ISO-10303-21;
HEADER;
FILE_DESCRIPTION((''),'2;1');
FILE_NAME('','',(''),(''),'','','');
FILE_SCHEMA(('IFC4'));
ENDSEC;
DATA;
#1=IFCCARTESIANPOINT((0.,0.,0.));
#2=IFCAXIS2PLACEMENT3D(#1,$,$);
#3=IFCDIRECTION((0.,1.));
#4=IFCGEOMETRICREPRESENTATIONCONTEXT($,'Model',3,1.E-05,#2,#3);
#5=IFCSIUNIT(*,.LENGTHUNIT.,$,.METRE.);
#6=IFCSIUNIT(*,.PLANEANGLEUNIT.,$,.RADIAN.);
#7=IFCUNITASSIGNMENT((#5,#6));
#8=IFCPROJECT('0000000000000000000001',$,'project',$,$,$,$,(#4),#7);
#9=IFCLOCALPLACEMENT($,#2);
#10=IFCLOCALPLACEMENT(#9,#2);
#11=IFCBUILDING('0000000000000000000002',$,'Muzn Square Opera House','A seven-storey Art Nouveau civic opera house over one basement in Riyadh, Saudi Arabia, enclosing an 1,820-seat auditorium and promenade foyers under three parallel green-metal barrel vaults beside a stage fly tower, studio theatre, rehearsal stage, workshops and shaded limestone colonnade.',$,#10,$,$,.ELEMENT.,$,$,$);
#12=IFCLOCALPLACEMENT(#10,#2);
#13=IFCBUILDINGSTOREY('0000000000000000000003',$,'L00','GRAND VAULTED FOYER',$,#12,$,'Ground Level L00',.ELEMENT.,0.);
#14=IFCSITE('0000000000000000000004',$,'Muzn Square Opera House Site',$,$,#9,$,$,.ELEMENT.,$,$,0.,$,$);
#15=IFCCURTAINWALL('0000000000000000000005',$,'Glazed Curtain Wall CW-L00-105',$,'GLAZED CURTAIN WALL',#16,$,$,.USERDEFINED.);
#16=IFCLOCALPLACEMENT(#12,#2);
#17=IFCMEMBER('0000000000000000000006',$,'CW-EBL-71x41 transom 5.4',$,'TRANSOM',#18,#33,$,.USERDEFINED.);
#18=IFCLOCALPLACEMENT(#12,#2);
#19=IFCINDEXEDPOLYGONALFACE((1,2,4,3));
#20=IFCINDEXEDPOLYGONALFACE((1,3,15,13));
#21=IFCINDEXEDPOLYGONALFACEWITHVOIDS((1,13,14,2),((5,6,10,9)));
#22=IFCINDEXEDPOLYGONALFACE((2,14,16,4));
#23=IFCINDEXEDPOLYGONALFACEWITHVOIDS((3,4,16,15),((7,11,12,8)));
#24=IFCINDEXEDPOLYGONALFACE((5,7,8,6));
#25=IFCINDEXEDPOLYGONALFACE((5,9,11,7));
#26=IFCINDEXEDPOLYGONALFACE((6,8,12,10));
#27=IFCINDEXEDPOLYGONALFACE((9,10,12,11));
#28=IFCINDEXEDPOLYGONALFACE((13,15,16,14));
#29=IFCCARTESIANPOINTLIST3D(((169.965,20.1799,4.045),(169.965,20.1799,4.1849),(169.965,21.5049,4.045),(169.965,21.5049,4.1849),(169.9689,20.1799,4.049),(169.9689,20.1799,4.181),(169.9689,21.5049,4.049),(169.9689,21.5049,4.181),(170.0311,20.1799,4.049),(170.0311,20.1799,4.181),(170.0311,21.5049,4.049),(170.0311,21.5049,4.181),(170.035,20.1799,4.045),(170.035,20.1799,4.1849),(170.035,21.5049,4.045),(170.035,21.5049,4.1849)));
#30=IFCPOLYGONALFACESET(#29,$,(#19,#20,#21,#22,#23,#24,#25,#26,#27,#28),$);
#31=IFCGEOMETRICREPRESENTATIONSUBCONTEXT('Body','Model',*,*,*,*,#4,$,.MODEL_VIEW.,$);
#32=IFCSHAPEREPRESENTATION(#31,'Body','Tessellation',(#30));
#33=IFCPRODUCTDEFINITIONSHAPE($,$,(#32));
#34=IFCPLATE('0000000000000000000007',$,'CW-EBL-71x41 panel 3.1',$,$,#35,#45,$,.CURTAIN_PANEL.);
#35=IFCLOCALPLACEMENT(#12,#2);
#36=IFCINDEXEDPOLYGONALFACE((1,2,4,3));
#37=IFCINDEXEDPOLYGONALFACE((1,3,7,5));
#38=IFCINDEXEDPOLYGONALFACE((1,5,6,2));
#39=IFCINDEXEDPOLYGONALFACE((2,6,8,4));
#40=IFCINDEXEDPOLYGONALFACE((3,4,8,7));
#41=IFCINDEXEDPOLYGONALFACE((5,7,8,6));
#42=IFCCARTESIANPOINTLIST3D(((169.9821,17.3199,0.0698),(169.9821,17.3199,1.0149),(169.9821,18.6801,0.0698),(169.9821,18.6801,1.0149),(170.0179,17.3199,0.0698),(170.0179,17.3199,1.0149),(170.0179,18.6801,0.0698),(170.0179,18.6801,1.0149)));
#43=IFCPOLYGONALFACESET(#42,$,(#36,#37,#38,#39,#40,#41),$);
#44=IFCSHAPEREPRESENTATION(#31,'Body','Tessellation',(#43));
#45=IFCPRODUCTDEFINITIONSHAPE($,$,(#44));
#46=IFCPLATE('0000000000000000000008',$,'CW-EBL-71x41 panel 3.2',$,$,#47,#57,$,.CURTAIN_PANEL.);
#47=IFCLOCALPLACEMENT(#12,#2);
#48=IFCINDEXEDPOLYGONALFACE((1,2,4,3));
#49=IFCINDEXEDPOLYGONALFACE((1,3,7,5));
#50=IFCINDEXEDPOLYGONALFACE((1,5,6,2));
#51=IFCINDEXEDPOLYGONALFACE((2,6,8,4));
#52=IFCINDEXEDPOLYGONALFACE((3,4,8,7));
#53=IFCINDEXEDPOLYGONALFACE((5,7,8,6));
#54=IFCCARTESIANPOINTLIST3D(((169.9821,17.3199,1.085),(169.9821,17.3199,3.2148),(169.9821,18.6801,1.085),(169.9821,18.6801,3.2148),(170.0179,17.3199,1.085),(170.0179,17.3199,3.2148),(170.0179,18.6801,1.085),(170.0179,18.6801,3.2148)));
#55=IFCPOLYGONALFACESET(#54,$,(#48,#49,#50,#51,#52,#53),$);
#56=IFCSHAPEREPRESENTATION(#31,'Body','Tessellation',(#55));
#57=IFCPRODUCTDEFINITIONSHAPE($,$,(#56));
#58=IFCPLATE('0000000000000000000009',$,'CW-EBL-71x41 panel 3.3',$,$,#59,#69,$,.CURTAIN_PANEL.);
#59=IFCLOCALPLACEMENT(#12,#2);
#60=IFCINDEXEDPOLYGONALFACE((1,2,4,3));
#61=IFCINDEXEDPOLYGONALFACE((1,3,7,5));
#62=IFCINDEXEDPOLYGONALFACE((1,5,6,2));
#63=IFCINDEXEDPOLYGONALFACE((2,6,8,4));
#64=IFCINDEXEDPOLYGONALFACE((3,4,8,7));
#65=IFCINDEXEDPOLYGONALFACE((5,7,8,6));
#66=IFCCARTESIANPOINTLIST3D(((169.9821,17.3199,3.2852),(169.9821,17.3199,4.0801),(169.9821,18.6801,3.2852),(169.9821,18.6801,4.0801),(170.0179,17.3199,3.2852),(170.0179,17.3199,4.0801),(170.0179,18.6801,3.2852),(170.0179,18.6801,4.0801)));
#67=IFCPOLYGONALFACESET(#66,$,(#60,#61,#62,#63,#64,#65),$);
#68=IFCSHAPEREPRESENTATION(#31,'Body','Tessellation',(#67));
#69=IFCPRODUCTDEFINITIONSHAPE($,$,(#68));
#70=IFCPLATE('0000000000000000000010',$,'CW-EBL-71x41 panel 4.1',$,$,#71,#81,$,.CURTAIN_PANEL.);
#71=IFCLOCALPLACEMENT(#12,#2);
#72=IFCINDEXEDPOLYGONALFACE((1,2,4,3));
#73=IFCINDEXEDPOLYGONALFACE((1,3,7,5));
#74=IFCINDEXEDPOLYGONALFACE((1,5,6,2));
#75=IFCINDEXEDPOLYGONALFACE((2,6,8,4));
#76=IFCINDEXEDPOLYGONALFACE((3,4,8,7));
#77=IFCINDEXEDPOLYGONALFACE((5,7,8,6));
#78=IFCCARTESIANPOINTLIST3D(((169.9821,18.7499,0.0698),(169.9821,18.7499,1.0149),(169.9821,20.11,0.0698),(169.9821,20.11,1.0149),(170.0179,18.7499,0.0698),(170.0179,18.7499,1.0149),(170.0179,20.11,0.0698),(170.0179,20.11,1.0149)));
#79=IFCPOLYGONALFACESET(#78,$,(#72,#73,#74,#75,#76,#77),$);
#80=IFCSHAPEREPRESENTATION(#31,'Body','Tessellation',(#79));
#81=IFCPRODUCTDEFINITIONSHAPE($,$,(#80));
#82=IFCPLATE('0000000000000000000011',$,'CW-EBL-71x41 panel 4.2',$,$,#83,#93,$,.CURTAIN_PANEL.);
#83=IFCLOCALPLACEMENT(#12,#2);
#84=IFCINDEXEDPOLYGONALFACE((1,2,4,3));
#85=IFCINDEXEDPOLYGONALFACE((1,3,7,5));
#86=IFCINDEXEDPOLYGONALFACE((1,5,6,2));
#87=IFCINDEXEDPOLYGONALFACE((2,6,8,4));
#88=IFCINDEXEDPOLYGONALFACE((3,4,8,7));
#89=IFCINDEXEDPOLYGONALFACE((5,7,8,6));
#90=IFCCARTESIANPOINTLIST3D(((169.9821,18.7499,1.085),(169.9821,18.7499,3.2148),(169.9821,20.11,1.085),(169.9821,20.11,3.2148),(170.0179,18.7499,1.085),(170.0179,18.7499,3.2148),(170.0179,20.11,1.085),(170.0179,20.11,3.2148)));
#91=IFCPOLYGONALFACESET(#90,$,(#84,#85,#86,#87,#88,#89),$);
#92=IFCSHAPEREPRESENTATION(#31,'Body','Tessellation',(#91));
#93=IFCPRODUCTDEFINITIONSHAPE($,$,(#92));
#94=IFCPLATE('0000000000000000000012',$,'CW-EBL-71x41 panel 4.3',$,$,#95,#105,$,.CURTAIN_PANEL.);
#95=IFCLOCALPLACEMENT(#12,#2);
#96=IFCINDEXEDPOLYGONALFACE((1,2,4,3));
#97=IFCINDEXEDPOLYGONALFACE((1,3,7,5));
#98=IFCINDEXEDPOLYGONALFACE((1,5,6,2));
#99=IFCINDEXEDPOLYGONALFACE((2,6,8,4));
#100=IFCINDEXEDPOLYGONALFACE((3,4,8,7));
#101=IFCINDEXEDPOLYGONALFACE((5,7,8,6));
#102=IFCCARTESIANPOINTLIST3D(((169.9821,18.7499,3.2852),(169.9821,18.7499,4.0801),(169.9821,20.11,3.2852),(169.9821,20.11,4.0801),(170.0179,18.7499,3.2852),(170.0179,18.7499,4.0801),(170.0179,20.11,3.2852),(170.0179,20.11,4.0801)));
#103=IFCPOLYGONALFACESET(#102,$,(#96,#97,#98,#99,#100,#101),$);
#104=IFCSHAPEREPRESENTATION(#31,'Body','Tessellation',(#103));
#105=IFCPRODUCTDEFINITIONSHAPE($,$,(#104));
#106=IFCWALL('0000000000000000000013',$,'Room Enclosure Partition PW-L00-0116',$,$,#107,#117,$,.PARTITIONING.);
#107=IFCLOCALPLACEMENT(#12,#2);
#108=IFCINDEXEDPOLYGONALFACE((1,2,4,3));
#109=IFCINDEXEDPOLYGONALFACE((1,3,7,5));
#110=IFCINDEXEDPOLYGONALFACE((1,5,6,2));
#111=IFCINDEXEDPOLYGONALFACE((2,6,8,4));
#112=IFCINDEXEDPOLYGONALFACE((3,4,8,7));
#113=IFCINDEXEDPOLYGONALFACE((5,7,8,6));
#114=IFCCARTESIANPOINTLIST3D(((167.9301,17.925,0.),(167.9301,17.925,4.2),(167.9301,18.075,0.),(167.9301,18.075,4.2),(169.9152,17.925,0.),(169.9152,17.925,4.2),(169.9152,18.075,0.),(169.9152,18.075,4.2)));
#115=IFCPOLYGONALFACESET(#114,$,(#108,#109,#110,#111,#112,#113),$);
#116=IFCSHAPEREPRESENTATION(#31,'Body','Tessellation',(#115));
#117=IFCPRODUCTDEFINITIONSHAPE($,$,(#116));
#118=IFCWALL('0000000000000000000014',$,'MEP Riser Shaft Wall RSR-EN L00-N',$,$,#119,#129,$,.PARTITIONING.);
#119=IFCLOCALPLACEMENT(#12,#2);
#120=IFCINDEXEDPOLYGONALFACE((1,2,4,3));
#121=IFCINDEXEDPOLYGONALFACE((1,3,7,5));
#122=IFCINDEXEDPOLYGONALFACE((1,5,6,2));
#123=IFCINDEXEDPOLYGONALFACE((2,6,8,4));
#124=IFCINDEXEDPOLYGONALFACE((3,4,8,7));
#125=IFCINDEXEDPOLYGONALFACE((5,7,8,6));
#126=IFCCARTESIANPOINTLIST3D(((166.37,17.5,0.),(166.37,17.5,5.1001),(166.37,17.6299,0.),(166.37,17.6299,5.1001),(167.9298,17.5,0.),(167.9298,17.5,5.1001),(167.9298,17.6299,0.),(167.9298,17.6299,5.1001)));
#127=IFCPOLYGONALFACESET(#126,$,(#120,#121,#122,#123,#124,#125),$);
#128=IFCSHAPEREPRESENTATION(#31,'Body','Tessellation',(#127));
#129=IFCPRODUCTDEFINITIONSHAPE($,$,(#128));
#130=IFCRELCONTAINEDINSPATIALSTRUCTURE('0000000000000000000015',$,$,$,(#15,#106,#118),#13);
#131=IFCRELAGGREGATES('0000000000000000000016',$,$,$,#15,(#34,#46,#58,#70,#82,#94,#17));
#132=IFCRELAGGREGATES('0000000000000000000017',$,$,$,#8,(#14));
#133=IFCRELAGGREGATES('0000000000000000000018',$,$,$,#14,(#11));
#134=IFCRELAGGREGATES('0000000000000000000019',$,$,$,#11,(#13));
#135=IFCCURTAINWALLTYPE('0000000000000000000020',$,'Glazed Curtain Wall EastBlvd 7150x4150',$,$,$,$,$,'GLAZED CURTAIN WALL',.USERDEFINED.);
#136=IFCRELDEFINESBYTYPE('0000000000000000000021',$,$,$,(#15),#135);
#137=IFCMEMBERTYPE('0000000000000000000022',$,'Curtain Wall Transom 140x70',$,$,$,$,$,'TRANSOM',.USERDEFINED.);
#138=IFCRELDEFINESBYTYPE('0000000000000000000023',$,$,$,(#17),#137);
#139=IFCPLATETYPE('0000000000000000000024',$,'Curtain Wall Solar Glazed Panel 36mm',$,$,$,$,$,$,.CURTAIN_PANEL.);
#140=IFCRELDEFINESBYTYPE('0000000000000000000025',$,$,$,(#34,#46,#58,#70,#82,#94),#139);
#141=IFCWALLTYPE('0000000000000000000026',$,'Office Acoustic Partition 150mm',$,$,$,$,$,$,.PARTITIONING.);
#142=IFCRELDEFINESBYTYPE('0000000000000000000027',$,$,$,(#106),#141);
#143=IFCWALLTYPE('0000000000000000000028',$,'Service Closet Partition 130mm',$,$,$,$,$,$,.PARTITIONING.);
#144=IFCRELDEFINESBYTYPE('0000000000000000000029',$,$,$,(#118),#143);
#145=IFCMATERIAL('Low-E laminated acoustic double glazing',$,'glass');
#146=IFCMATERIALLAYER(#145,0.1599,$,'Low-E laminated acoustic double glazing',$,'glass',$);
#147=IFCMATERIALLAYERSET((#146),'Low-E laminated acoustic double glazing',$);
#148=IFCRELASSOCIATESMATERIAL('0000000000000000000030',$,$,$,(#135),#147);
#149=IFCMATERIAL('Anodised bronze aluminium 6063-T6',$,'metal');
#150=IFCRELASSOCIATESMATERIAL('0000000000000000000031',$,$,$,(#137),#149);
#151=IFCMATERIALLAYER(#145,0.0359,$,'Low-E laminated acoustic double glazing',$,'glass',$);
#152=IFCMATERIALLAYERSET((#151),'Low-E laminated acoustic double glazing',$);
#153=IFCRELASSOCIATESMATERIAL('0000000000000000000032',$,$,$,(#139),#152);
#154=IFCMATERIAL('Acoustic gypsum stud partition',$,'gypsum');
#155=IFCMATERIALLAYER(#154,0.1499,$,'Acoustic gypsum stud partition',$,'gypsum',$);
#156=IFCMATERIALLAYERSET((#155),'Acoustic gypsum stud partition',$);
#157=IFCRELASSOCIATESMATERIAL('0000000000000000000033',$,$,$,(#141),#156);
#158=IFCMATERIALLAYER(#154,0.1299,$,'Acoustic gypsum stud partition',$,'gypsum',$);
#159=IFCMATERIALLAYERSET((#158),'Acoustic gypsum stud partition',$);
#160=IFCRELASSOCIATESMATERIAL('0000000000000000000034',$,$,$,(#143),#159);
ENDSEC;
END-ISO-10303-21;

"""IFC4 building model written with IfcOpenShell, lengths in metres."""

from ifc_helpers import new_model, si_unit, direction, frame, frame_2d, origin, origin_2d, place, context, subcontext, project, spatial, rectangle, hollow_rectangle, extrude, material, layer, layer_set, material_profile, profile_set, type_object, element, aggregate, save


model = new_model("IFC4")

# Units and contexts
model_context = context("Model", 3, precision=1e-05, world=origin(), true_north=direction((0.0, 1.0)))
body_context = subcontext(model_context, "Body", "Model", "MODEL_VIEW")
ifc_project = project(units=[si_unit("LENGTHUNIT", "METRE"), si_unit("PLANEANGLEUNIT", "RADIAN")], contexts=[model_context])

# Site, building, storey
site_placement = place(None, origin())
site = spatial("IfcSite", under=ifc_project, at=site_placement, Name="Muzn Square Opera House Site", CompositionType="ELEMENT", RefElevation=0.0)
building_placement = place(site_placement, origin())
building = spatial("IfcBuilding", under=site, at=building_placement, Name="Muzn Square Opera House", Description="A seven-storey Art Nouveau civic opera house over one basement in Riyadh, Saudi Arabia, enclosing an 1,820-seat auditorium and promenade foyers under three parallel green-metal barrel vaults beside a stage fly tower, studio theatre, rehearsal stage, workshops and shaded limestone colonnade.", CompositionType="ELEMENT")
storey_placement = place(building_placement, origin())
storey = spatial("IfcBuildingStorey", under=building, at=storey_placement, Name="L00", Description="GRAND VAULTED FOYER", LongName="Ground Level L00", CompositionType="ELEMENT", Elevation=0.0)

# Curtain wall, member, plates
ifc_material_1 = material(Name="Low-E laminated acoustic double glazing", Category="glass")
ifc_layer_1 = layer(ifc_material_1, 0.1599, Name="Low-E laminated acoustic double glazing", Category="glass")
ifc_layer_set_1 = layer_set([ifc_layer_1], Name="Low-E laminated acoustic double glazing")
curtain_wall_type = type_object("IfcCurtainWallType", Name="Glazed Curtain Wall EastBlvd 7150x4150", ElementType="GLAZED CURTAIN WALL", PredefinedType="USERDEFINED", material=ifc_layer_set_1)
curtain_wall_placement = place(storey_placement, origin())
curtain_wall = element("IfcCurtainWall", 1, at=curtain_wall_placement, inside=storey, type_object=curtain_wall_type, Name="Glazed Curtain Wall CW-L00-105", ObjectType="GLAZED CURTAIN WALL", PredefinedType="USERDEFINED")
ifc_material_2 = material(Name="Anodised bronze aluminium 6063-T6", Category="metal")
ifc_material_profile_1 = material_profile(ifc_material_2, hollow_rectangle(XDim=0.0701, YDim=0.1399, WallThickness=0.0039, at=origin_2d()), Name="ALU 140x70x4", Category="metal")
ifc_profile_set_1 = profile_set([ifc_material_profile_1], Name="Anodised bronze aluminium 6063-T6")
member_type_1 = type_object("IfcMemberType", Name="Curtain Wall Transom 140x70", ElementType="TRANSOM", PredefinedType="USERDEFINED", material=ifc_profile_set_1)
member_1_placement = place(storey_placement, frame((170.0, 20.1799, 4.115), z_axis=(0.0, 1.0, 0.0), x_axis=(-1.0, 0.0, 0.0)))
member_1 = element("IfcMember", 2, at=member_1_placement, type_object=member_type_1, Name="CW-EBL-71x41 transom 5.4", ObjectType="TRANSOM", PredefinedType="USERDEFINED", context=body_context, shape_type="SweptSolid", body=[
    extrude(hollow_rectangle(XDim=0.0701, YDim=0.1399, WallThickness=0.0039, at=origin_2d()), origin(), (0.0, 0.0, 1.0), 1.325),
])
ifc_layer_2 = layer(ifc_material_1, 0.0359, Name="Low-E laminated acoustic double glazing", Category="glass")
ifc_layer_set_2 = layer_set([ifc_layer_2], Name="Low-E laminated acoustic double glazing")
plate_type = type_object("IfcPlateType", Name="Curtain Wall Solar Glazed Panel 36mm", PredefinedType="CURTAIN_PANEL", material=ifc_layer_set_2)
plate_1_placement = place(storey_placement, frame((170.0, 18.0, 0.0698), z_axis=(0.0, 0.0, 1.0), x_axis=(0.0, 1.0, 0.0)))
plate_1 = element("IfcPlate", 3, at=plate_1_placement, type_object=plate_type, Name="CW-EBL-71x41 panel 3.1", PredefinedType="CURTAIN_PANEL", context=body_context, shape_type="SweptSolid", body=[
    extrude(rectangle(XDim=1.3601, YDim=0.0359, at=origin_2d()), origin(), (0.0, 0.0, 1.0), 0.9451),
])
plate_2_placement = place(storey_placement, frame((170.0, 18.0, 1.085), z_axis=(0.0, 0.0, 1.0), x_axis=(0.0, 1.0, 0.0)))
plate_2 = element("IfcPlate", 4, at=plate_2_placement, type_object=plate_type, Name="CW-EBL-71x41 panel 3.2", PredefinedType="CURTAIN_PANEL", context=body_context, shape_type="SweptSolid", body=[
    extrude(rectangle(XDim=1.3601, YDim=0.0359, at=origin_2d()), origin(), (0.0, 0.0, 1.0), 2.1299),
])
plate_3_placement = place(storey_placement, frame((170.0, 18.0, 3.2852), z_axis=(0.0, 0.0, 1.0), x_axis=(0.0, 1.0, 0.0)))
plate_3 = element("IfcPlate", 5, at=plate_3_placement, type_object=plate_type, Name="CW-EBL-71x41 panel 3.3", PredefinedType="CURTAIN_PANEL", context=body_context, shape_type="SweptSolid", body=[
    extrude(rectangle(XDim=1.3601, YDim=0.0359, at=origin_2d()), origin(), (0.0, 0.0, 1.0), 0.7949),
])
plate_4_placement = place(storey_placement, frame((170.0, 19.4299, 0.0698), z_axis=(0.0, 0.0, 1.0), x_axis=(0.0, 1.0, 0.0)))
plate_4 = element("IfcPlate", 6, at=plate_4_placement, type_object=plate_type, Name="CW-EBL-71x41 panel 4.1", PredefinedType="CURTAIN_PANEL", context=body_context, shape_type="SweptSolid", body=[
    extrude(rectangle(XDim=1.3601, YDim=0.0359, at=origin_2d()), origin(), (0.0, 0.0, 1.0), 0.9451),
])
plate_5_placement = place(storey_placement, frame((170.0, 19.4299, 1.085), z_axis=(0.0, 0.0, 1.0), x_axis=(0.0, 1.0, 0.0)))
plate_5 = element("IfcPlate", 7, at=plate_5_placement, type_object=plate_type, Name="CW-EBL-71x41 panel 4.2", PredefinedType="CURTAIN_PANEL", context=body_context, shape_type="SweptSolid", body=[
    extrude(rectangle(XDim=1.3601, YDim=0.0359, at=origin_2d()), origin(), (0.0, 0.0, 1.0), 2.1299),
])
plate_6_placement = place(storey_placement, frame((170.0, 19.4299, 3.2852), z_axis=(0.0, 0.0, 1.0), x_axis=(0.0, 1.0, 0.0)))
plate_6 = element("IfcPlate", 8, at=plate_6_placement, type_object=plate_type, Name="CW-EBL-71x41 panel 4.3", PredefinedType="CURTAIN_PANEL", context=body_context, shape_type="SweptSolid", body=[
    extrude(rectangle(XDim=1.3601, YDim=0.0359, at=origin_2d()), origin(), (0.0, 0.0, 1.0), 0.7949),
])
aggregate(curtain_wall, [plate_1, plate_2, plate_3, plate_4, plate_5, plate_6, member_1])

# Walls
ifc_material_3 = material(Name="Acoustic gypsum stud partition", Category="gypsum")
ifc_layer_3 = layer(ifc_material_3, 0.1499, Name="Acoustic gypsum stud partition", Category="gypsum")
ifc_layer_set_3 = layer_set([ifc_layer_3], Name="Acoustic gypsum stud partition")
wall_type_1 = type_object("IfcWallType", Name="Office Acoustic Partition 150mm", PredefinedType="PARTITIONING", material=ifc_layer_set_3)
wall_1_placement = place(storey_placement, frame((167.9299, 18.0, 0.0), z_axis=(0.0, 0.0, 1.0), x_axis=(1.0, 0.0, 0.0)))
element("IfcWall", 9, at=wall_1_placement, inside=storey, type_object=wall_type_1, Name="Room Enclosure Partition PW-L00-0116", PredefinedType="PARTITIONING", context=body_context, shape_type="SweptSolid", body=[
    extrude(rectangle(XDim=1.9851, YDim=0.1499, at=frame_2d((0.9927, 0.0))), origin(), (0.0, 0.0, 1.0), 4.2),
])
ifc_layer_4 = layer(ifc_material_3, 0.1299, Name="Acoustic gypsum stud partition", Category="gypsum")
ifc_layer_set_4 = layer_set([ifc_layer_4], Name="Acoustic gypsum stud partition")
wall_type_2 = type_object("IfcWallType", Name="Service Closet Partition 130mm", PredefinedType="PARTITIONING", material=ifc_layer_set_4)
wall_2_placement = place(storey_placement, frame((166.3701, 17.5649, 0.0), z_axis=(0.0, 0.0, 1.0), x_axis=(1.0, 0.0, 0.0)))
element("IfcWall", 10, at=wall_2_placement, inside=storey, type_object=wall_type_2, Name="MEP Riser Shaft Wall RSR-EN L00-N", PredefinedType="PARTITIONING", context=body_context, shape_type="SweptSolid", body=[
    extrude(rectangle(XDim=1.5598, YDim=0.1299, at=frame_2d((0.7798, 0.0))), origin(), (0.0, 0.0, 1.0), 5.1001),
])

save(model, "model.ifc")
